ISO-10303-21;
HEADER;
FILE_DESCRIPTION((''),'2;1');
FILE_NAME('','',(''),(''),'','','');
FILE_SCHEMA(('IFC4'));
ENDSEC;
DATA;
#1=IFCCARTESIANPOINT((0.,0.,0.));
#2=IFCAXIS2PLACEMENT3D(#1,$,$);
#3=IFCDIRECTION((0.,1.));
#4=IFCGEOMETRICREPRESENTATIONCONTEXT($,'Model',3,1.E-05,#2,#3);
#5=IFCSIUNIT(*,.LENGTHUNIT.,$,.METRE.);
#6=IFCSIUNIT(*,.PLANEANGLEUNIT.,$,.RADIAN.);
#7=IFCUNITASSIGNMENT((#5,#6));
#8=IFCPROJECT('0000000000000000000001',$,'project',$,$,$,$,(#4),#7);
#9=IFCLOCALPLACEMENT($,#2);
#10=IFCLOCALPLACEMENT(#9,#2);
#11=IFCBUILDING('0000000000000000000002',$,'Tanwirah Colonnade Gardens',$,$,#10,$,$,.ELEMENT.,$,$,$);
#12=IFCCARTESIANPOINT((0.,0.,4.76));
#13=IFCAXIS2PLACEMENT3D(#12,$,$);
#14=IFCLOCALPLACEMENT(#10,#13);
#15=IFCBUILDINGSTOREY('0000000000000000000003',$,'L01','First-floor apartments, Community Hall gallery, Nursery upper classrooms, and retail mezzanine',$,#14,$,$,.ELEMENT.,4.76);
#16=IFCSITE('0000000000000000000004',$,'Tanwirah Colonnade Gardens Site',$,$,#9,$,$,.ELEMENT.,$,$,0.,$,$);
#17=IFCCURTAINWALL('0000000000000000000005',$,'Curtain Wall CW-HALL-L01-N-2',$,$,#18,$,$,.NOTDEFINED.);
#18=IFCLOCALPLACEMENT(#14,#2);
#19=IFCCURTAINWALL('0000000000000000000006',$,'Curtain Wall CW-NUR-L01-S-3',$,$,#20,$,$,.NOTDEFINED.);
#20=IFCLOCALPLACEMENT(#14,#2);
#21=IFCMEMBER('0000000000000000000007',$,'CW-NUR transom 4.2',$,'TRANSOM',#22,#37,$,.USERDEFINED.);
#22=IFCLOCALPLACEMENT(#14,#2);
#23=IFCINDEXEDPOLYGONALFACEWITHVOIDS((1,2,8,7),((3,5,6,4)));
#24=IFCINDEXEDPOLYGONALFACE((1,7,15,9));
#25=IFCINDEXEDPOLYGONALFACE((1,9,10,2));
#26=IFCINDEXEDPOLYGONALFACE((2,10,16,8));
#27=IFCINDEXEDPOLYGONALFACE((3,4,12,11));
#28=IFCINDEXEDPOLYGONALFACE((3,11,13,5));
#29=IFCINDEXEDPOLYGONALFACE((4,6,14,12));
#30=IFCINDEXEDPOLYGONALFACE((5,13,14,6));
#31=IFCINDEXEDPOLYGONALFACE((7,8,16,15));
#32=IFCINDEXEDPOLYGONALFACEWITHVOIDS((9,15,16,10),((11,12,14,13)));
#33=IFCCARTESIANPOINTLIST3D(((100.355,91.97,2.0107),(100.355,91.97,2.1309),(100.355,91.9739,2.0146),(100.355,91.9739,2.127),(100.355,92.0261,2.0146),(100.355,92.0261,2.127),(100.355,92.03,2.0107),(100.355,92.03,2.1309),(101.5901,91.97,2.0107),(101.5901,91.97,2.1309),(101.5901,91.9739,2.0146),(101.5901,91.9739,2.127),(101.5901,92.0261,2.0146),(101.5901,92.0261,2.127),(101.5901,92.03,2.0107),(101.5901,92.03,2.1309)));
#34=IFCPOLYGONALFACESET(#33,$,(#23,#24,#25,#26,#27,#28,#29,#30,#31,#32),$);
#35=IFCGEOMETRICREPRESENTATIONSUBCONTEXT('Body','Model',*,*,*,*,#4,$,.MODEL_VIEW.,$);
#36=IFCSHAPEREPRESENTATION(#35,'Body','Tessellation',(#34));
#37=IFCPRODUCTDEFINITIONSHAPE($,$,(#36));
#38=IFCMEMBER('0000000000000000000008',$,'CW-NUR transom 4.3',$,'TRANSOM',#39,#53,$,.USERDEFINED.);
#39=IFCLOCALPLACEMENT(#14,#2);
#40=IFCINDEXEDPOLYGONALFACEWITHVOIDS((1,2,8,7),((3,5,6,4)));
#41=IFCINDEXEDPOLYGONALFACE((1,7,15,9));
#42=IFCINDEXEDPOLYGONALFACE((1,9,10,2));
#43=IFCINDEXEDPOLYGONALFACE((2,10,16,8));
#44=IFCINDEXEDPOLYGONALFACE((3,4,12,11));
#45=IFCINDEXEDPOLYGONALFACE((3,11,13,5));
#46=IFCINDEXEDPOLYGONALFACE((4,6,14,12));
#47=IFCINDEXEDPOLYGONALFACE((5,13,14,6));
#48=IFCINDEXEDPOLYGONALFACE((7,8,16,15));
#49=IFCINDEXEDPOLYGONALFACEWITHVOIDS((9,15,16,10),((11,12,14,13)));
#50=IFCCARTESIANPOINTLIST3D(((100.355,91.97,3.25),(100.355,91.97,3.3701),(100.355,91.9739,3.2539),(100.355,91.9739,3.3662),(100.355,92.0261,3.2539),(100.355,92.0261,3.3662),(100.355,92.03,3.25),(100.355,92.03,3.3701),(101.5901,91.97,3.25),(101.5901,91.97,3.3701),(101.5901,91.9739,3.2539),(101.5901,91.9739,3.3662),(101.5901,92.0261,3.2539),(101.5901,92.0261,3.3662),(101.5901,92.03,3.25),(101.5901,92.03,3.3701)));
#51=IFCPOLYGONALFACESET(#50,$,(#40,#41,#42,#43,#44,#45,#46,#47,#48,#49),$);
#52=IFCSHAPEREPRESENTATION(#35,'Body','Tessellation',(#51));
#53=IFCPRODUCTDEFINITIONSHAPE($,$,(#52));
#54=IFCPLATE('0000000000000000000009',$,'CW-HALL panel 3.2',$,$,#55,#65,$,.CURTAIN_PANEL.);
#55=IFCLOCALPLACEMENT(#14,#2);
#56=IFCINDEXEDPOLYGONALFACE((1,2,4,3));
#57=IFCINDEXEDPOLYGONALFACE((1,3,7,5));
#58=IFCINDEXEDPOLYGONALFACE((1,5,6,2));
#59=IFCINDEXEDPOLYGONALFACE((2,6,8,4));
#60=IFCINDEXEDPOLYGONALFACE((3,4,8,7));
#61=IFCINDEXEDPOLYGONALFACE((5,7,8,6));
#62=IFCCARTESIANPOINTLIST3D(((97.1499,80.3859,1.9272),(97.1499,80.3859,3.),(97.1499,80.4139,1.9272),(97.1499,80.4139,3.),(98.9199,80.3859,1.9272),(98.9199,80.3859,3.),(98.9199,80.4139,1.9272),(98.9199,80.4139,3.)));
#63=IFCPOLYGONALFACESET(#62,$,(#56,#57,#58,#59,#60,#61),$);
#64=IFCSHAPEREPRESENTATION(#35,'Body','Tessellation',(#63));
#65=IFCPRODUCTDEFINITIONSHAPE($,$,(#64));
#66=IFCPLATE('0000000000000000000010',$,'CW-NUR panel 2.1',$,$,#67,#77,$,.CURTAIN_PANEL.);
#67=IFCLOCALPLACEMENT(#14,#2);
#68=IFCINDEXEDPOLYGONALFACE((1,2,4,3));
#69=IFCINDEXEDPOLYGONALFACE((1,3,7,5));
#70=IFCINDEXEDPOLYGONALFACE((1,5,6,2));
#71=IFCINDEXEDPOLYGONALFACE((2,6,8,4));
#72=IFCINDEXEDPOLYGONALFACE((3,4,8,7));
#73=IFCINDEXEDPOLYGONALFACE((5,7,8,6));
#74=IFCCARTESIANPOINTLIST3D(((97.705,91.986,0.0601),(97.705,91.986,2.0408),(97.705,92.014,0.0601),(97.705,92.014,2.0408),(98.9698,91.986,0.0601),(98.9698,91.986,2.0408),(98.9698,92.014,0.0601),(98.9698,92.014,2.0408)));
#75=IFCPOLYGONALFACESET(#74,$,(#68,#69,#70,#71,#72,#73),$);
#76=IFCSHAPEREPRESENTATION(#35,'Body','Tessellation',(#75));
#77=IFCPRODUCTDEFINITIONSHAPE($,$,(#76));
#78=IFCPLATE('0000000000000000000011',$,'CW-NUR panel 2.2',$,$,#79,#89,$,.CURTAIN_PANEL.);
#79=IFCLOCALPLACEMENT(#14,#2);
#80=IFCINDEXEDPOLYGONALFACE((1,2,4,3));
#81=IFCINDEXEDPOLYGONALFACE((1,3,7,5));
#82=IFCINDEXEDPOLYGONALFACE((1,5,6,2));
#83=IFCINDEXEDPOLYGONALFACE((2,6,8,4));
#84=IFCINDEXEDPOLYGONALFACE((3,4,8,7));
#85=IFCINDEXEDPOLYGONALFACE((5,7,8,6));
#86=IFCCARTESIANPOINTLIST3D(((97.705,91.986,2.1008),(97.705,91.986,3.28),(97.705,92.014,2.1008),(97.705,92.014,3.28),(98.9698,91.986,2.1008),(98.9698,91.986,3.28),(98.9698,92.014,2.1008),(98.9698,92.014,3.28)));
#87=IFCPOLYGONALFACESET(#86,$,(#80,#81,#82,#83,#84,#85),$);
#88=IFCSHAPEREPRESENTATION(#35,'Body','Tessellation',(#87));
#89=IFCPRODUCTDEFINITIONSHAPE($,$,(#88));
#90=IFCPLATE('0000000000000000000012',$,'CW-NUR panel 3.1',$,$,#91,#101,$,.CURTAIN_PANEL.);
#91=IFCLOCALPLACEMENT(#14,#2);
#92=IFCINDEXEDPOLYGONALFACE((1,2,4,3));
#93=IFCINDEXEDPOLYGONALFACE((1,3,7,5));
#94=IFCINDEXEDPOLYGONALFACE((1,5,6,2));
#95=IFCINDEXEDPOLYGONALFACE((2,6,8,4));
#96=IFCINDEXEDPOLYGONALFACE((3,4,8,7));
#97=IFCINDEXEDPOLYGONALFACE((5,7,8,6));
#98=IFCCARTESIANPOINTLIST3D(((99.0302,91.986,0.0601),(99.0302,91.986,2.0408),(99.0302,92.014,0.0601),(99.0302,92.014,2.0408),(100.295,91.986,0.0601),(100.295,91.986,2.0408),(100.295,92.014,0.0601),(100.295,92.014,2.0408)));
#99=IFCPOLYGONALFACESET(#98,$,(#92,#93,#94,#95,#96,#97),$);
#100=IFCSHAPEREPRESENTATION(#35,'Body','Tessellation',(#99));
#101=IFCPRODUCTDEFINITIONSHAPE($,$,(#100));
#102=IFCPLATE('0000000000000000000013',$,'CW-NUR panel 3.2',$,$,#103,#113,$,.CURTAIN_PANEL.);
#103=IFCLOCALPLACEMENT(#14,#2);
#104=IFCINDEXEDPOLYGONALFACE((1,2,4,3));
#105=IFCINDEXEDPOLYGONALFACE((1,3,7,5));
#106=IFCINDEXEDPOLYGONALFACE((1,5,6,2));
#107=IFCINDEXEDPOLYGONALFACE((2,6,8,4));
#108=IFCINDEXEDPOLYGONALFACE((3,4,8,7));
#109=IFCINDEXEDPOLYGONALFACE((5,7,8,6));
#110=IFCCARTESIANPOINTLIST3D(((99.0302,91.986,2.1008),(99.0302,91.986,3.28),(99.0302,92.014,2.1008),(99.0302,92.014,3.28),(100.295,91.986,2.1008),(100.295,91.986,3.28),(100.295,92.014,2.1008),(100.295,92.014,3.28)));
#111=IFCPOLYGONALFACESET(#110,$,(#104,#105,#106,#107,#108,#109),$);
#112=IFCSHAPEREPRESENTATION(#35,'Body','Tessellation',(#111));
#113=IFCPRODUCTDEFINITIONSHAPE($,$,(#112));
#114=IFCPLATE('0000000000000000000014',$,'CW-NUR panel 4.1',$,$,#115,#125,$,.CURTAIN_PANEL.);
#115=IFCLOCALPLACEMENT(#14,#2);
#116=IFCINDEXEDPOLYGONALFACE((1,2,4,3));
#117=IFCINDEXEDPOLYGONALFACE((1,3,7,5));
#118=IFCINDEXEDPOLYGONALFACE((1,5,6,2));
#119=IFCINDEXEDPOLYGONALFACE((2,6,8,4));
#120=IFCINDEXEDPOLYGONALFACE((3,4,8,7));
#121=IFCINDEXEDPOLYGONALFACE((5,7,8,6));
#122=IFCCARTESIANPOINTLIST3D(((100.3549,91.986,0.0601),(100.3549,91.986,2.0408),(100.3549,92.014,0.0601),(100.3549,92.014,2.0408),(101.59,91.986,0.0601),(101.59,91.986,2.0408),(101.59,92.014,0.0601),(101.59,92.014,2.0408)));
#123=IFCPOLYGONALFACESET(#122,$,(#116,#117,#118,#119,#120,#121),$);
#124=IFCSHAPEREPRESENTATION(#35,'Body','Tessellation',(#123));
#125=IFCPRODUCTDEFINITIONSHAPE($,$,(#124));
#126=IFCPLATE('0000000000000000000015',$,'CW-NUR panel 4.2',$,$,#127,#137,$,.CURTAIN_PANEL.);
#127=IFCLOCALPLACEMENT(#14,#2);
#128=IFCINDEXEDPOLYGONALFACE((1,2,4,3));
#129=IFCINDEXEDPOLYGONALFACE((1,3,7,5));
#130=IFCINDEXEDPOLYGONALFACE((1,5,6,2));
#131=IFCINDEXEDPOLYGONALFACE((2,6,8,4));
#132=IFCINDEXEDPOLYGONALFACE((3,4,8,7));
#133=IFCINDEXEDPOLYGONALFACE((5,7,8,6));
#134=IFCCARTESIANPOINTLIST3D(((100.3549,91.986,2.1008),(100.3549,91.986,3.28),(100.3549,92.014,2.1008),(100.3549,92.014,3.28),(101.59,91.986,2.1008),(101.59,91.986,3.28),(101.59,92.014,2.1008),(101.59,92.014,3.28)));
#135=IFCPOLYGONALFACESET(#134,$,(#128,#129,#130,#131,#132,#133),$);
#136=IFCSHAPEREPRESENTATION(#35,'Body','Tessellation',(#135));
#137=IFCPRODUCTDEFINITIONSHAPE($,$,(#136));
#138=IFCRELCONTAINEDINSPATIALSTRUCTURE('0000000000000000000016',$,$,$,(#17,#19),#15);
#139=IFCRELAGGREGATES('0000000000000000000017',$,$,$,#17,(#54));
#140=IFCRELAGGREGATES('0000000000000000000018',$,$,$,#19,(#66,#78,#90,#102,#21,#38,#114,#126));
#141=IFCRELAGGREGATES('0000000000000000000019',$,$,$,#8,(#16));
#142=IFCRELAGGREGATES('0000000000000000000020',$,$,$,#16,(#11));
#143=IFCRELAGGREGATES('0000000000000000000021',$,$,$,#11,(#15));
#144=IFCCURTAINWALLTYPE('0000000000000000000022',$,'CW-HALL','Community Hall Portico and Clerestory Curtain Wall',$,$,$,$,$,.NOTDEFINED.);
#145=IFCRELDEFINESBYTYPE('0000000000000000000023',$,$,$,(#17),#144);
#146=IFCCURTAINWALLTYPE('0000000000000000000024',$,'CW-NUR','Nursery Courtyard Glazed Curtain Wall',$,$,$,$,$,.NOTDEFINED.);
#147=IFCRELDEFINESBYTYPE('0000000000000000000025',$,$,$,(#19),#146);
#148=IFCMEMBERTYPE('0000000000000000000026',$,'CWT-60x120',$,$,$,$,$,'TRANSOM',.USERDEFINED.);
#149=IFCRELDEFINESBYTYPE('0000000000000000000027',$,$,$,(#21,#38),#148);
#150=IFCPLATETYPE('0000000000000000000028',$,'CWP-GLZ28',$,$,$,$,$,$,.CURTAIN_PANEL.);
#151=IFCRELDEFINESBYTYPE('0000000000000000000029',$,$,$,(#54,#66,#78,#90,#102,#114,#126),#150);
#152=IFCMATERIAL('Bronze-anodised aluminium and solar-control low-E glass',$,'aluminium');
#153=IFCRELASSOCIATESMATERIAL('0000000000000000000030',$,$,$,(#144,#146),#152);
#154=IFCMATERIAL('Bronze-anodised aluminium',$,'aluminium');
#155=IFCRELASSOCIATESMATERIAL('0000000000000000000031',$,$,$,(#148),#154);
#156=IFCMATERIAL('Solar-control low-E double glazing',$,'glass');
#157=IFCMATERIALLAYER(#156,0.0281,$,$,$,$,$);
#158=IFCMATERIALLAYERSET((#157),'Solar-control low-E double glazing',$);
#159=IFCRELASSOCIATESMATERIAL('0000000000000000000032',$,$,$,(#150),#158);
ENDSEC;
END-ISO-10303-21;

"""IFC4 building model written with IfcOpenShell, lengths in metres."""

from ifc_helpers import new_model, si_unit, direction, frame, origin, origin_2d, place, context, subcontext, project, spatial, rectangle, hollow_rectangle, extrude, material, layer, layer_set, material_profile, profile_set, type_object, element, aggregate, save


model = new_model("IFC4")

# Units and contexts
model_context = context("Model", 3, precision=1e-05, world=origin(), true_north=direction((0.0, 1.0)))
body_context = subcontext(model_context, "Body", "Model", "MODEL_VIEW")
ifc_project = project(units=[si_unit("LENGTHUNIT", "METRE"), si_unit("PLANEANGLEUNIT", "RADIAN")], contexts=[model_context])

# Site, building, storey
site_placement = place(None, origin())
site = spatial("IfcSite", under=ifc_project, at=site_placement, Name="Tanwirah Colonnade Gardens Site", CompositionType="ELEMENT", RefElevation=0.0)
building_placement = place(site_placement, origin())
building = spatial("IfcBuilding", under=site, at=building_placement, Name="Tanwirah Colonnade Gardens", CompositionType="ELEMENT")
storey_placement = place(building_placement, frame((0.0, 0.0, 4.76)))
storey = spatial("IfcBuildingStorey", under=building, at=storey_placement, Name="L01", Description="First-floor apartments, Community Hall gallery, Nursery upper classrooms, and retail mezzanine", CompositionType="ELEMENT", Elevation=4.76)

# Curtain wall
ifc_material_1 = material(Name="Bronze-anodised aluminium and solar-control low-E glass", Category="aluminium")
curtain_wall_type_1 = type_object("IfcCurtainWallType", Name="CW-HALL", Description="Community Hall Portico and Clerestory Curtain Wall", PredefinedType="NOTDEFINED", material=ifc_material_1)
curtain_wall_1_placement = place(storey_placement, origin())
curtain_wall_1 = element("IfcCurtainWall", 1, at=curtain_wall_1_placement, inside=storey, type_object=curtain_wall_type_1, Name="Curtain Wall CW-HALL-L01-N-2", PredefinedType="NOTDEFINED")
ifc_material_2 = material(Name="Bronze-anodised aluminium", Category="aluminium")

# Curtain wall, members
curtain_wall_type_2 = type_object("IfcCurtainWallType", Name="CW-NUR", Description="Nursery Courtyard Glazed Curtain Wall", PredefinedType="NOTDEFINED", material=ifc_material_1)
curtain_wall_2_placement = place(storey_placement, origin())
curtain_wall_2 = element("IfcCurtainWall", 2, at=curtain_wall_2_placement, inside=storey, type_object=curtain_wall_type_2, Name="Curtain Wall CW-NUR-L01-S-3", PredefinedType="NOTDEFINED")
ifc_material_profile_1 = material_profile(ifc_material_2, hollow_rectangle(XDim=0.0601, YDim=0.1201, WallThickness=0.0039, at=origin_2d()), Name="CW-TRN 60x120x4")
ifc_profile_set_1 = profile_set([ifc_material_profile_1], Name="Bronze-anodised aluminium")
member_type_1 = type_object("IfcMemberType", Name="CWT-60x120", ElementType="TRANSOM", PredefinedType="USERDEFINED", material=ifc_profile_set_1)
member_1_placement = place(storey_placement, frame((100.355, 92.0, 2.0708), z_axis=(1.0, 0.0, 0.0), x_axis=(0.0, 1.0, 0.0)))
member_1 = element("IfcMember", 3, at=member_1_placement, type_object=member_type_1, Name="CW-NUR transom 4.2", ObjectType="TRANSOM", PredefinedType="USERDEFINED", context=body_context, shape_type="SweptSolid", body=[
    extrude(hollow_rectangle(XDim=0.0601, YDim=0.1201, WallThickness=0.0039, at=origin_2d()), origin(), (0.0, 0.0, 1.0), 1.2351),
])
member_2_placement = place(storey_placement, frame((100.355, 92.0, 3.3101), z_axis=(1.0, 0.0, 0.0), x_axis=(0.0, 1.0, 0.0)))
member_2 = element("IfcMember", 4, at=member_2_placement, type_object=member_type_1, Name="CW-NUR transom 4.3", ObjectType="TRANSOM", PredefinedType="USERDEFINED", context=body_context, shape_type="SweptSolid", body=[
    extrude(hollow_rectangle(XDim=0.0601, YDim=0.1201, WallThickness=0.0039, at=origin_2d()), origin(), (0.0, 0.0, 1.0), 1.2351),
])

# Plates
ifc_material_3 = material(Name="Solar-control low-E double glazing", Category="glass")
ifc_layer = layer(ifc_material_3, 0.0281)
ifc_layer_set = layer_set([ifc_layer], Name="Solar-control low-E double glazing")
plate_type = type_object("IfcPlateType", Name="CWP-GLZ28", PredefinedType="CURTAIN_PANEL", material=ifc_layer_set)
plate_1_placement = place(storey_placement, frame((98.0349, 80.3999, 1.9272), z_axis=(0.0, 0.0, 1.0), x_axis=(1.0, 0.0, 0.0)))
plate_1 = element("IfcPlate", 5, at=plate_1_placement, type_object=plate_type, Name="CW-HALL panel 3.2", PredefinedType="CURTAIN_PANEL", context=body_context, shape_type="SweptSolid", body=[
    extrude(rectangle(XDim=1.77, YDim=0.0281, at=origin_2d()), origin(), (0.0, 0.0, 1.0), 1.0728),
])
aggregate(curtain_wall_1, [plate_1])
plate_2_placement = place(storey_placement, frame((98.3374, 92.0, 0.0601), z_axis=(0.0, 0.0, 1.0), x_axis=(1.0, 0.0, 0.0)))
plate_2 = element("IfcPlate", 6, at=plate_2_placement, type_object=plate_type, Name="CW-NUR panel 2.1", PredefinedType="CURTAIN_PANEL", context=body_context, shape_type="SweptSolid", body=[
    extrude(rectangle(XDim=1.2649, YDim=0.0281, at=origin_2d()), origin(), (0.0, 0.0, 1.0), 1.9807),
])
plate_3_placement = place(storey_placement, frame((98.3374, 92.0, 2.1008), z_axis=(0.0, 0.0, 1.0), x_axis=(1.0, 0.0, 0.0)))
plate_3 = element("IfcPlate", 7, at=plate_3_placement, type_object=plate_type, Name="CW-NUR panel 2.2", PredefinedType="CURTAIN_PANEL", context=body_context, shape_type="SweptSolid", body=[
    extrude(rectangle(XDim=1.2649, YDim=0.0281, at=origin_2d()), origin(), (0.0, 0.0, 1.0), 1.1792),
])
plate_4_placement = place(storey_placement, frame((99.6626, 92.0, 0.0601), z_axis=(0.0, 0.0, 1.0), x_axis=(1.0, 0.0, 0.0)))
plate_4 = element("IfcPlate", 8, at=plate_4_placement, type_object=plate_type, Name="CW-NUR panel 3.1", PredefinedType="CURTAIN_PANEL", context=body_context, shape_type="SweptSolid", body=[
    extrude(rectangle(XDim=1.2649, YDim=0.0281, at=origin_2d()), origin(), (0.0, 0.0, 1.0), 1.9807),
])
plate_5_placement = place(storey_placement, frame((99.6626, 92.0, 2.1008), z_axis=(0.0, 0.0, 1.0), x_axis=(1.0, 0.0, 0.0)))
plate_5 = element("IfcPlate", 9, at=plate_5_placement, type_object=plate_type, Name="CW-NUR panel 3.2", PredefinedType="CURTAIN_PANEL", context=body_context, shape_type="SweptSolid", body=[
    extrude(rectangle(XDim=1.2649, YDim=0.0281, at=origin_2d()), origin(), (0.0, 0.0, 1.0), 1.1792),
])
plate_6_placement = place(storey_placement, frame((100.9724, 92.0, 0.0601), z_axis=(0.0, 0.0, 1.0), x_axis=(1.0, 0.0, 0.0)))
plate_6 = element("IfcPlate", 10, at=plate_6_placement, type_object=plate_type, Name="CW-NUR panel 4.1", PredefinedType="CURTAIN_PANEL", context=body_context, shape_type="SweptSolid", body=[
    extrude(rectangle(XDim=1.2351, YDim=0.0281, at=origin_2d()), origin(), (0.0, 0.0, 1.0), 1.9807),
])
plate_7_placement = place(storey_placement, frame((100.9724, 92.0, 2.1008), z_axis=(0.0, 0.0, 1.0), x_axis=(1.0, 0.0, 0.0)))
plate_7 = element("IfcPlate", 11, at=plate_7_placement, type_object=plate_type, Name="CW-NUR panel 4.2", PredefinedType="CURTAIN_PANEL", context=body_context, shape_type="SweptSolid", body=[
    extrude(rectangle(XDim=1.2351, YDim=0.0281, at=origin_2d()), origin(), (0.0, 0.0, 1.0), 1.1792),
])
aggregate(curtain_wall_2, [plate_2, plate_3, plate_4, plate_5, member_1, member_2, plate_6, plate_7])

save(model, "model.ifc")
